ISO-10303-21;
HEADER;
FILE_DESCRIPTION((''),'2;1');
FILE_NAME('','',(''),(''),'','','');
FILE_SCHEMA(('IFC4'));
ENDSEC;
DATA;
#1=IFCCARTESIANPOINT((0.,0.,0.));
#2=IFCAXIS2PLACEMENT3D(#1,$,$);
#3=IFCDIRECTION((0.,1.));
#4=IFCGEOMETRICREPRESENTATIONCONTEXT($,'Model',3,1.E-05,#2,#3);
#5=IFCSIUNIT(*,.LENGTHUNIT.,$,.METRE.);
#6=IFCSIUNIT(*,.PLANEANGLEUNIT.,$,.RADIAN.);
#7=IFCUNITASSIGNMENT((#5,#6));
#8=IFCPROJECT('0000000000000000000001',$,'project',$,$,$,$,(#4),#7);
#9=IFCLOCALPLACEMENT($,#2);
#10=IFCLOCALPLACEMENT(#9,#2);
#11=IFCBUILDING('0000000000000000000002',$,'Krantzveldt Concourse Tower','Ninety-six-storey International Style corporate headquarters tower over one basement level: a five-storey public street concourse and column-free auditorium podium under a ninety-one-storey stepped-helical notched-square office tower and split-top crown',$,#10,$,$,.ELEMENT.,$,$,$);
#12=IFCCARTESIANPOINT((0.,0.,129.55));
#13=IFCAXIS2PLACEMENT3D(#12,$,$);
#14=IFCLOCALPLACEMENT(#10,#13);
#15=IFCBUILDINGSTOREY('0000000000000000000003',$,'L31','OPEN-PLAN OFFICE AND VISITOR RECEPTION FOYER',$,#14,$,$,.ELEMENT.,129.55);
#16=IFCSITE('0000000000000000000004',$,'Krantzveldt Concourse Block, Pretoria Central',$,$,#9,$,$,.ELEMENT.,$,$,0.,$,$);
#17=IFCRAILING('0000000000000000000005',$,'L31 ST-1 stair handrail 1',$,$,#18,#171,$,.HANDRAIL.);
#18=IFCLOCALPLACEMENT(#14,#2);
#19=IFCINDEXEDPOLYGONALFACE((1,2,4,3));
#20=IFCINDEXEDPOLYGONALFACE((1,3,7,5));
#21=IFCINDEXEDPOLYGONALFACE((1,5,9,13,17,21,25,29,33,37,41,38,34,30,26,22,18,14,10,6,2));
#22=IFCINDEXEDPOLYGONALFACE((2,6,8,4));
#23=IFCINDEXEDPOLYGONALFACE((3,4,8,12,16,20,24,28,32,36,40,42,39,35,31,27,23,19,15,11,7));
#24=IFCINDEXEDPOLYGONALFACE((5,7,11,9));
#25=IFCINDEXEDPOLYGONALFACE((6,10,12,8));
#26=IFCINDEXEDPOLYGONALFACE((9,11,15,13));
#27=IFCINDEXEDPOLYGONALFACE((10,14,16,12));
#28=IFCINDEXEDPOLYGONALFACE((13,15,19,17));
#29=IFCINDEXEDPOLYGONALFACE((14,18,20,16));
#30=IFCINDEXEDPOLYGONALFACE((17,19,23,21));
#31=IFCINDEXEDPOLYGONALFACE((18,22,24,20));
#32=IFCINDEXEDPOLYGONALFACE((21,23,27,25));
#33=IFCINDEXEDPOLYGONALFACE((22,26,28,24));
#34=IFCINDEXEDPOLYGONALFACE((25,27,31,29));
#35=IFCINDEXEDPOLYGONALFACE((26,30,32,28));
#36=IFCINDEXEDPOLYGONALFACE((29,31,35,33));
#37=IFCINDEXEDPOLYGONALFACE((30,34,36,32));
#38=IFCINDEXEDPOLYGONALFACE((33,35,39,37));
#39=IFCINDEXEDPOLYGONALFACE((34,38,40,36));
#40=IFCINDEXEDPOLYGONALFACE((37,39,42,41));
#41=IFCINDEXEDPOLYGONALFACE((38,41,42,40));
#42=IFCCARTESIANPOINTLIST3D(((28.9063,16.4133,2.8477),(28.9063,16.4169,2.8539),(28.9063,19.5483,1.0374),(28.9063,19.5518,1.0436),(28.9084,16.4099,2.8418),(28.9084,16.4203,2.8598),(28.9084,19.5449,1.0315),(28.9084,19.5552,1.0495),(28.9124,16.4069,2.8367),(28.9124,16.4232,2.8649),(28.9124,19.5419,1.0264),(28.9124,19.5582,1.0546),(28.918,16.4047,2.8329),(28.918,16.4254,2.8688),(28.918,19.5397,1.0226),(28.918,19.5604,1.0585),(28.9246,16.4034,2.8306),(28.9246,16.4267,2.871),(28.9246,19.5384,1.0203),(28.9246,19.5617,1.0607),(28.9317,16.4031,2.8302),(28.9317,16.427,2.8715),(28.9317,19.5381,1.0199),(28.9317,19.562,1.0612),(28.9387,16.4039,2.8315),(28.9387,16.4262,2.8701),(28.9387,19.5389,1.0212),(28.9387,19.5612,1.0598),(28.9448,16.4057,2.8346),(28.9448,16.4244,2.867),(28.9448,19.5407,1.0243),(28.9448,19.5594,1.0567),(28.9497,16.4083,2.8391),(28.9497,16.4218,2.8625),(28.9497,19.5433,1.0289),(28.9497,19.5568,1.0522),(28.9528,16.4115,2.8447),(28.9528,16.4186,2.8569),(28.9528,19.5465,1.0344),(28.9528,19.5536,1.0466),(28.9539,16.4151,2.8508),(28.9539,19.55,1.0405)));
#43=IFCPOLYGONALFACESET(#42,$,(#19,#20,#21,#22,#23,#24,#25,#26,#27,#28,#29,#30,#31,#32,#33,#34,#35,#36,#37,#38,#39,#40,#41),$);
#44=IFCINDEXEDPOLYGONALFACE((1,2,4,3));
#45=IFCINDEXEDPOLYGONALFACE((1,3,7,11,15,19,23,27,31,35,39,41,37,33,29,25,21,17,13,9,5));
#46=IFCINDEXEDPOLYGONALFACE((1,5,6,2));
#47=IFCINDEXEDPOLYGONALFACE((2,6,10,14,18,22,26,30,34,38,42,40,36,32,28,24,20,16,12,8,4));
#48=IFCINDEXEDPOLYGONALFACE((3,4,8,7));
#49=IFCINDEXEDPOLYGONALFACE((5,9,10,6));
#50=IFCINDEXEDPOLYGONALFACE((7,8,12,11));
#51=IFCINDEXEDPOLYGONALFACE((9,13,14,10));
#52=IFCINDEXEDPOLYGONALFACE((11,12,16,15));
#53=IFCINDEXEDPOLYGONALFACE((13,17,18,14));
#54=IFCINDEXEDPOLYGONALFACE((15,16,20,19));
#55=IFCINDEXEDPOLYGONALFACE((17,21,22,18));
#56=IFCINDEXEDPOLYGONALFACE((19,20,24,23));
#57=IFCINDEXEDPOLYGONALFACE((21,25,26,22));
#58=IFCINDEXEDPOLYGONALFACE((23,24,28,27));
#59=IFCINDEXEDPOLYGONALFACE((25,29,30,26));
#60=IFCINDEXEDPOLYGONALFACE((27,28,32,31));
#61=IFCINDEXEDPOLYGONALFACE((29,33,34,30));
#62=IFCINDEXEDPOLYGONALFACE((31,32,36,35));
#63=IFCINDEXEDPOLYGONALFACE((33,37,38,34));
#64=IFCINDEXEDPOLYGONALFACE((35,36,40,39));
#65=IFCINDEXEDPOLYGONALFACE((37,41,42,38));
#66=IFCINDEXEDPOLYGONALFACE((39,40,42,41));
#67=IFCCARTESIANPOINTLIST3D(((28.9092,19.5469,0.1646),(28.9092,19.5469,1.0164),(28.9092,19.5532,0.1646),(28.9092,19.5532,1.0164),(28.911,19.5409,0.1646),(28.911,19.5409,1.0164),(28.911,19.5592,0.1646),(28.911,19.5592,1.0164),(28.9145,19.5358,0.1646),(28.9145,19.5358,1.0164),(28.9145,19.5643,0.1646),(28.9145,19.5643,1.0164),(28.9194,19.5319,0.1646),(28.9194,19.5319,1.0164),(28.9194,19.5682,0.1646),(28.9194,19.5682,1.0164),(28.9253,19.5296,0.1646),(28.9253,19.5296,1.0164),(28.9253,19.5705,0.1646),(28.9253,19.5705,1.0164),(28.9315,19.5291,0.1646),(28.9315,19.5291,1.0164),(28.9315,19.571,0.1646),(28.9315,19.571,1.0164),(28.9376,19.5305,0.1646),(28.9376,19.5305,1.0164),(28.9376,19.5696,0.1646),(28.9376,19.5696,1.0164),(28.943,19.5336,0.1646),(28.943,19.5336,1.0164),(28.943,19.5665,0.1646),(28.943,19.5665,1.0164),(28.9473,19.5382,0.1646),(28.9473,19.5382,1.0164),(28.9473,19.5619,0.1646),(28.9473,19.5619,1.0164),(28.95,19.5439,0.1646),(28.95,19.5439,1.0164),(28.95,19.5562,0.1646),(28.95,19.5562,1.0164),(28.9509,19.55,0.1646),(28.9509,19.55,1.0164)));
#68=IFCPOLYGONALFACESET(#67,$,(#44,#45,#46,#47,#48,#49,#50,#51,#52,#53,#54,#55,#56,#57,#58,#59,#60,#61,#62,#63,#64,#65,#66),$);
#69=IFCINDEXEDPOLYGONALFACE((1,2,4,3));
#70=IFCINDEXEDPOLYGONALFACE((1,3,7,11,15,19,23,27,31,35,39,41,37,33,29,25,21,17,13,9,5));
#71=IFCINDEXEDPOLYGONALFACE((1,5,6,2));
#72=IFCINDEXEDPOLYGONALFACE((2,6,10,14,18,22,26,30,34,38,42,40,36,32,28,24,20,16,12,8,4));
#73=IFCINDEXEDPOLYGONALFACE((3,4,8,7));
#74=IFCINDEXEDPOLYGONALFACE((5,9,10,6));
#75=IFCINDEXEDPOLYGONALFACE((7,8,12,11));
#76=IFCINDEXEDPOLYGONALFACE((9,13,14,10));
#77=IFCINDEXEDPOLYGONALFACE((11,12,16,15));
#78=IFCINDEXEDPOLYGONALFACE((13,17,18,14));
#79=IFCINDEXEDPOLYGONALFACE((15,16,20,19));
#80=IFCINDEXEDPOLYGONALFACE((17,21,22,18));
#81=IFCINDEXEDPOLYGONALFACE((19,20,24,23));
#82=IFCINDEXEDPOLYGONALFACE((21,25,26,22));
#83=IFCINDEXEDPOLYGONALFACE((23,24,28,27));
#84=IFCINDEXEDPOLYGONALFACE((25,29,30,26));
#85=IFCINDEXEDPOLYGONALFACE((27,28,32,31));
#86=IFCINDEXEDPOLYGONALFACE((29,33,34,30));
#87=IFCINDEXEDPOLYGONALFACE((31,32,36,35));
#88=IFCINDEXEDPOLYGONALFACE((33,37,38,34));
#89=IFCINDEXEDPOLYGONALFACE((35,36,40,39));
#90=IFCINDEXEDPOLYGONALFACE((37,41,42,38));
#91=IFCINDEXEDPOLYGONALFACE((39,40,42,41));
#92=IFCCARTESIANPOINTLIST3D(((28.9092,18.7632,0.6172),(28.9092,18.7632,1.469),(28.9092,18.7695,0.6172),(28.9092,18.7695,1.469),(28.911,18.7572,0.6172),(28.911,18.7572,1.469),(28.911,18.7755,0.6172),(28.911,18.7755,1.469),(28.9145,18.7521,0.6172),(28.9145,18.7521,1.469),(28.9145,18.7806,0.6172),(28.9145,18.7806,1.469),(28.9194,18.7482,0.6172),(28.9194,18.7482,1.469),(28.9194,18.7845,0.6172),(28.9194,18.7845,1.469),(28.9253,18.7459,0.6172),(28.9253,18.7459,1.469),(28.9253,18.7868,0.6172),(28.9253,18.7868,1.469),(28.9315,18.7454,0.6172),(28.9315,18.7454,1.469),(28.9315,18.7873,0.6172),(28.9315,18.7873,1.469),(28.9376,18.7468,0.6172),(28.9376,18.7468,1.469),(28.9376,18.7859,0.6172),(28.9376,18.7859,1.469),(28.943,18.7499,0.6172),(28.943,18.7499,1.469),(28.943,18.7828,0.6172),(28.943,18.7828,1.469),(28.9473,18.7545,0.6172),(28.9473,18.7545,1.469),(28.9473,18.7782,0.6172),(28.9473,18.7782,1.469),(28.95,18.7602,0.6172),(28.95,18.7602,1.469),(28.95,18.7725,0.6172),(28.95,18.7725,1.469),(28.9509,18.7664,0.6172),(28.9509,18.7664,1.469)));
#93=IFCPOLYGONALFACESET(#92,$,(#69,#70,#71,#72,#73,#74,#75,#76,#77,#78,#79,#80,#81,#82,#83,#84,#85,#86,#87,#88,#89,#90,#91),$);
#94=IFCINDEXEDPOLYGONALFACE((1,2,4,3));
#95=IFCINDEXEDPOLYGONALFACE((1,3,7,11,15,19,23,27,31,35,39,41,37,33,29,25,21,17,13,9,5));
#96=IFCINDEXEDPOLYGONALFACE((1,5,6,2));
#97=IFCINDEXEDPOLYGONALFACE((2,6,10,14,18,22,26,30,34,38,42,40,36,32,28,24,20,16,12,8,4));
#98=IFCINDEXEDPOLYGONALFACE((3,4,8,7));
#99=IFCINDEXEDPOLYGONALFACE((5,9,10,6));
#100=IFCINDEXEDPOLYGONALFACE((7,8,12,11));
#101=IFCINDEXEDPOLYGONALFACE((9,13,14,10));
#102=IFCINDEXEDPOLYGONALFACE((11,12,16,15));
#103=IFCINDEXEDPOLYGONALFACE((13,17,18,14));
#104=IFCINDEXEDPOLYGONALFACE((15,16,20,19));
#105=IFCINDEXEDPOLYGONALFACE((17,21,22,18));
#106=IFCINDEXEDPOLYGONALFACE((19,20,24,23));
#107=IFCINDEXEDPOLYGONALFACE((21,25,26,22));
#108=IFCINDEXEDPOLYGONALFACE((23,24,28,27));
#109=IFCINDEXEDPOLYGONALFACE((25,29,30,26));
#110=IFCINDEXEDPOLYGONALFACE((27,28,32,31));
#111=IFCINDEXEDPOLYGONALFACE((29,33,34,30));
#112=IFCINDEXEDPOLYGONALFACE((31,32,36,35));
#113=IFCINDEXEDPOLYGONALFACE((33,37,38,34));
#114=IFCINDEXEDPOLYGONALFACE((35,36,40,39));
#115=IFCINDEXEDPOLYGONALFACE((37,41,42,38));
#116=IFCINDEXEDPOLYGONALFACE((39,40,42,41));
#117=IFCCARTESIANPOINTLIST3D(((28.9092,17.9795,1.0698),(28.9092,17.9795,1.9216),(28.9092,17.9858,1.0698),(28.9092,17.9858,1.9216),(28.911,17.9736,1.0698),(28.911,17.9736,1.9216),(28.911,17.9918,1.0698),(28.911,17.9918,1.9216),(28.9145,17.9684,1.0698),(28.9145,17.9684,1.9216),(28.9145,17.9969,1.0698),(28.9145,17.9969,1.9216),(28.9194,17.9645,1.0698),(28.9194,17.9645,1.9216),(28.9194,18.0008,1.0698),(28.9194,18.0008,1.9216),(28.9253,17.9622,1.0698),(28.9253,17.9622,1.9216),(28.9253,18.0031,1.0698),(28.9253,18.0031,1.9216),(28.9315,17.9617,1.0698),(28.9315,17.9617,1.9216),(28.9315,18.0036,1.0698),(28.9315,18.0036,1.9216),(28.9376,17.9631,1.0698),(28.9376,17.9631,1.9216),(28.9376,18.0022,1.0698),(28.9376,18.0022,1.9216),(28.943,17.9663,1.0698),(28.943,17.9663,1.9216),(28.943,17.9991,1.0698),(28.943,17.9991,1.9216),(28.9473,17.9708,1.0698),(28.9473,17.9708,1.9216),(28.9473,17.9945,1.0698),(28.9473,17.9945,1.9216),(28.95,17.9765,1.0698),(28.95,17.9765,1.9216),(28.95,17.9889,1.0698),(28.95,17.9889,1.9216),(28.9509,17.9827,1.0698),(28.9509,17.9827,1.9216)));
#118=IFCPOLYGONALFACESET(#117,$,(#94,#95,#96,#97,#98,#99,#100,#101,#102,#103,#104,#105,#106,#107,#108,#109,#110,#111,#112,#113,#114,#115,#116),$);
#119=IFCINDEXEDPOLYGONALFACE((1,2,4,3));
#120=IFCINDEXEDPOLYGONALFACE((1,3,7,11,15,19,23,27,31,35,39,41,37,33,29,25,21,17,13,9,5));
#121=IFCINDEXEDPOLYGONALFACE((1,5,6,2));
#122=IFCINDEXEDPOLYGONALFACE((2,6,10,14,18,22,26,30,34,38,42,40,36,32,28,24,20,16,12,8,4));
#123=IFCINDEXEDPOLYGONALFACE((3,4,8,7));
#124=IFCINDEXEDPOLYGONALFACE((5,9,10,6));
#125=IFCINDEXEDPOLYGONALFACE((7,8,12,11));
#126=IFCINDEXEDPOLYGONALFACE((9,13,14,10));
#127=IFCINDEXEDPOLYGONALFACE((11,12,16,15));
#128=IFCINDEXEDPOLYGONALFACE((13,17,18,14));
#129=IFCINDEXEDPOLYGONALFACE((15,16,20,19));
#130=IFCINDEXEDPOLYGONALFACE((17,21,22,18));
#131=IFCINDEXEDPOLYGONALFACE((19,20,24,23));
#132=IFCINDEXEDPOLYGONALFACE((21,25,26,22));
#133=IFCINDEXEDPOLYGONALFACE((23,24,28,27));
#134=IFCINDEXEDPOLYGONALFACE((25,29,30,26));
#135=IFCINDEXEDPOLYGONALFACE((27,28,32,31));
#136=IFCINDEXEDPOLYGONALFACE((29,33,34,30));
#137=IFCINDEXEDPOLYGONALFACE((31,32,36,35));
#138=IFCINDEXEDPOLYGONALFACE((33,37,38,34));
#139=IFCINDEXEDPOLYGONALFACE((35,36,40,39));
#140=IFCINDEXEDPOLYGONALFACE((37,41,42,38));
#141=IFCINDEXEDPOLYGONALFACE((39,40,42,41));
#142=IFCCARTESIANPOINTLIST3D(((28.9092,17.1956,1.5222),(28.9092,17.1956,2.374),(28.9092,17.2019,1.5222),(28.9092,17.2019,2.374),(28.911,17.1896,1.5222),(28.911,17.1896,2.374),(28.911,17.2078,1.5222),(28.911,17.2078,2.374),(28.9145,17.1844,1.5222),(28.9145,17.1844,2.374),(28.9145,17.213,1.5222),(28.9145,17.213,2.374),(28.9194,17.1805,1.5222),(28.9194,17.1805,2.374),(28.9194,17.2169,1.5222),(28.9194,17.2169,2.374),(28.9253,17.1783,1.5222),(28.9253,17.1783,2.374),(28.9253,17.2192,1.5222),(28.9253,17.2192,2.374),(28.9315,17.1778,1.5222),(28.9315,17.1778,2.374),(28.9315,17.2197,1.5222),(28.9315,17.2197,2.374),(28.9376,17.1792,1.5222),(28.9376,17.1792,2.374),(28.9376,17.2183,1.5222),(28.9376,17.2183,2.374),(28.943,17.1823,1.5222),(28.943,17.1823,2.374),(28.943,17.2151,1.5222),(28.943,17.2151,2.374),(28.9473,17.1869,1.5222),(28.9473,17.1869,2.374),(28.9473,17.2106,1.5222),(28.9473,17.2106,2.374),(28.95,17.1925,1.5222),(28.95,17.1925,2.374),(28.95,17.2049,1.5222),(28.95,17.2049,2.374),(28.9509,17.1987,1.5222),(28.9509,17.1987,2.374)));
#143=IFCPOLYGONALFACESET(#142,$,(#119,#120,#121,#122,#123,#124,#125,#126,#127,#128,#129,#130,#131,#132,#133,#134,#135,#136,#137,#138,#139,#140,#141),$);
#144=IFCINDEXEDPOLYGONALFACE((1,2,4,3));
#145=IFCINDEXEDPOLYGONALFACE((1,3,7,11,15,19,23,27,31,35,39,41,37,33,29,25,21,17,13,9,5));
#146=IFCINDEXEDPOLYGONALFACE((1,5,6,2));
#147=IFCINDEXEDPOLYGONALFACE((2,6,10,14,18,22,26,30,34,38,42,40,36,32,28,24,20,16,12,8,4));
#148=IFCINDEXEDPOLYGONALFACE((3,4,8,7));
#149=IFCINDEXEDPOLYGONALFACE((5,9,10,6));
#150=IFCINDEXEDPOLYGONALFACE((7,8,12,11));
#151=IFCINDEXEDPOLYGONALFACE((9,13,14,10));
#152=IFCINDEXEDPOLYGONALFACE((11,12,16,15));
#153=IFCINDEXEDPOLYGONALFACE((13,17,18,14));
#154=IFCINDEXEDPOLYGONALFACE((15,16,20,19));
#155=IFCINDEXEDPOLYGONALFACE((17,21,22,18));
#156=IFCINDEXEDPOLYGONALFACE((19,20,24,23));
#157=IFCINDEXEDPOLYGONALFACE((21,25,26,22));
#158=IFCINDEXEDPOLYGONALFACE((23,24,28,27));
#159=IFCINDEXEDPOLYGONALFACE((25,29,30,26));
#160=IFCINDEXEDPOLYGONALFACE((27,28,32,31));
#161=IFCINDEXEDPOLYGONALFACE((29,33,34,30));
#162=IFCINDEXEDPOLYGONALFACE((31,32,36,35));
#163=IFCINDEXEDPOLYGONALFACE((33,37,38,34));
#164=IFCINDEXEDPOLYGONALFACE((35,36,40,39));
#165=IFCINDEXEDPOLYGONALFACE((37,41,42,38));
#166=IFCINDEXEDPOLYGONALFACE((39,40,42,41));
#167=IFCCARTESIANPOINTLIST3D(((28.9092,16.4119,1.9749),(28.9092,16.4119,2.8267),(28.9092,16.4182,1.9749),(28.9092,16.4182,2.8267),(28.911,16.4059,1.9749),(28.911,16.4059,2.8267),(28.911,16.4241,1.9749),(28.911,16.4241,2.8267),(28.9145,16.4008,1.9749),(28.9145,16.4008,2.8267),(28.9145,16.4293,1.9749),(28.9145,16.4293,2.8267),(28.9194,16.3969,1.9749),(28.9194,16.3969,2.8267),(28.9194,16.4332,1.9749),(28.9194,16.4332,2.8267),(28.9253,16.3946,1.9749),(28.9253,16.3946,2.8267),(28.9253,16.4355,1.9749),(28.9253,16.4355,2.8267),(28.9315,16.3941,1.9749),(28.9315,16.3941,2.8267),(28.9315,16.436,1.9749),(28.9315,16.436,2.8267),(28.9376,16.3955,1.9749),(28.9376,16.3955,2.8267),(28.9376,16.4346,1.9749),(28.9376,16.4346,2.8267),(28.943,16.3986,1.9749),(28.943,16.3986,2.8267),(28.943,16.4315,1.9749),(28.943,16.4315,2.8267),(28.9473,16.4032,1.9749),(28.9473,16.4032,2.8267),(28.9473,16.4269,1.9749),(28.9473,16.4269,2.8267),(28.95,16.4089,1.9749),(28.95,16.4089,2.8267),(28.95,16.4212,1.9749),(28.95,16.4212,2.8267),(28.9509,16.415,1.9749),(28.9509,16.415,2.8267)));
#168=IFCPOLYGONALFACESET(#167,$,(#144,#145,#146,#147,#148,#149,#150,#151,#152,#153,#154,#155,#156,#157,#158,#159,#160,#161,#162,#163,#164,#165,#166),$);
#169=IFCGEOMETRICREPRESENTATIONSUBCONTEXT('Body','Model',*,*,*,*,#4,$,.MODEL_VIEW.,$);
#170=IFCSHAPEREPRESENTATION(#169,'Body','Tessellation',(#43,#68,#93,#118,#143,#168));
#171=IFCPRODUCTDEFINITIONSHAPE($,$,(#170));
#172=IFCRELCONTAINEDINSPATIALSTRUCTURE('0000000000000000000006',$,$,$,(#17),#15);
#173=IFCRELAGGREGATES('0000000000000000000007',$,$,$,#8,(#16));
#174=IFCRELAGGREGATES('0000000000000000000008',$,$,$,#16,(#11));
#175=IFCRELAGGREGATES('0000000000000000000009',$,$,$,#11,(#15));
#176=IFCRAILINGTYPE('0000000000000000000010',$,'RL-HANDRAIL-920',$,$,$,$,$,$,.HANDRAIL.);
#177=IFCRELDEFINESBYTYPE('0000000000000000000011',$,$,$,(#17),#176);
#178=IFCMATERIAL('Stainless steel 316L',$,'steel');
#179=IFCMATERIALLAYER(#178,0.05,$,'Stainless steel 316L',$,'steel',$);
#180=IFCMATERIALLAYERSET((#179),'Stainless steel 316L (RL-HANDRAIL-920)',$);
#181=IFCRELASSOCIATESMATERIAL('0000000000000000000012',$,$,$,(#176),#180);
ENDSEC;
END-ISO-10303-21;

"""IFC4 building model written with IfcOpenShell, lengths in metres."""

from ifc_helpers import new_model, si_unit, direction, frame, origin, origin_2d, place, context, subcontext, project, spatial, circle, extrude, material, layer, layer_set, type_object, element, save


model = new_model("IFC4")

# Units and contexts
model_context = context("Model", 3, precision=1e-05, world=origin(), true_north=direction((0.0, 1.0)))
body_context = subcontext(model_context, "Body", "Model", "MODEL_VIEW")
ifc_project = project(units=[si_unit("LENGTHUNIT", "METRE"), si_unit("PLANEANGLEUNIT", "RADIAN")], contexts=[model_context])

# Site, building, storey
site_placement = place(None, origin())
site = spatial("IfcSite", under=ifc_project, at=site_placement, Name="Krantzveldt Concourse Block, Pretoria Central", CompositionType="ELEMENT", RefElevation=0.0)
building_placement = place(site_placement, origin())
building = spatial("IfcBuilding", under=site, at=building_placement, Name="Krantzveldt Concourse Tower", Description="Ninety-six-storey International Style corporate headquarters tower over one basement level: a five-storey public street concourse and column-free auditorium podium under a ninety-one-storey stepped-helical notched-square office tower and split-top crown", CompositionType="ELEMENT")
storey_placement = place(building_placement, frame((0.0, 0.0, 129.55)))
storey = spatial("IfcBuildingStorey", under=building, at=storey_placement, Name="L31", Description="OPEN-PLAN OFFICE AND VISITOR RECEPTION FOYER", CompositionType="ELEMENT", Elevation=129.55)

# Shared definitions
ifc_material_1 = material(Name="Stainless steel 316L", Category="steel")

# Railing
ifc_layer_1 = layer(ifc_material_1, 0.05, Name="Stainless steel 316L", Category="steel")
ifc_layer_set_1 = layer_set([ifc_layer_1], Name="Stainless steel 316L (RL-HANDRAIL-920)")
railing_type_1 = type_object("IfcRailingType", Name="RL-HANDRAIL-920", PredefinedType="HANDRAIL", material=ifc_layer_set_1)
railing_1_placement = place(storey_placement, frame((28.9299, 19.55, 0.1646)))
element("IfcRailing", 1, at=railing_1_placement, inside=storey, type_object=railing_type_1, Name="L31 ST-1 stair handrail 1", PredefinedType="HANDRAIL", context=body_context, shape_type="SweptSolid", body=[
    extrude(circle(Radius=0.0239, at=origin_2d()), frame((0.0, 0.0, 0.876), z_axis=(0.0, -0.865989, 0.500063), x_axis=(1.0, 0.0, 0.0)), (0.0, 0.0, 1.0), 3.6201),
    extrude(circle(Radius=0.021, at=origin_2d()), origin(), (0.0, 0.0, 1.0), 0.8518),
    extrude(circle(Radius=0.021, at=origin_2d()), frame((0.0, -0.7837, 0.4526)), (0.0, 0.0, 1.0), 0.8518),
    extrude(circle(Radius=0.021, at=origin_2d()), frame((0.0, -1.5674, 0.9053)), (0.0, 0.0, 1.0), 0.8518),
    extrude(circle(Radius=0.021, at=origin_2d()), frame((0.0, -2.3513, 1.3577)), (0.0, 0.0, 1.0), 0.8518),
    extrude(circle(Radius=0.021, at=origin_2d()), frame((0.0, -3.135, 1.8103)), (0.0, 0.0, 1.0), 0.8518),
])

save(model, "model.ifc")
